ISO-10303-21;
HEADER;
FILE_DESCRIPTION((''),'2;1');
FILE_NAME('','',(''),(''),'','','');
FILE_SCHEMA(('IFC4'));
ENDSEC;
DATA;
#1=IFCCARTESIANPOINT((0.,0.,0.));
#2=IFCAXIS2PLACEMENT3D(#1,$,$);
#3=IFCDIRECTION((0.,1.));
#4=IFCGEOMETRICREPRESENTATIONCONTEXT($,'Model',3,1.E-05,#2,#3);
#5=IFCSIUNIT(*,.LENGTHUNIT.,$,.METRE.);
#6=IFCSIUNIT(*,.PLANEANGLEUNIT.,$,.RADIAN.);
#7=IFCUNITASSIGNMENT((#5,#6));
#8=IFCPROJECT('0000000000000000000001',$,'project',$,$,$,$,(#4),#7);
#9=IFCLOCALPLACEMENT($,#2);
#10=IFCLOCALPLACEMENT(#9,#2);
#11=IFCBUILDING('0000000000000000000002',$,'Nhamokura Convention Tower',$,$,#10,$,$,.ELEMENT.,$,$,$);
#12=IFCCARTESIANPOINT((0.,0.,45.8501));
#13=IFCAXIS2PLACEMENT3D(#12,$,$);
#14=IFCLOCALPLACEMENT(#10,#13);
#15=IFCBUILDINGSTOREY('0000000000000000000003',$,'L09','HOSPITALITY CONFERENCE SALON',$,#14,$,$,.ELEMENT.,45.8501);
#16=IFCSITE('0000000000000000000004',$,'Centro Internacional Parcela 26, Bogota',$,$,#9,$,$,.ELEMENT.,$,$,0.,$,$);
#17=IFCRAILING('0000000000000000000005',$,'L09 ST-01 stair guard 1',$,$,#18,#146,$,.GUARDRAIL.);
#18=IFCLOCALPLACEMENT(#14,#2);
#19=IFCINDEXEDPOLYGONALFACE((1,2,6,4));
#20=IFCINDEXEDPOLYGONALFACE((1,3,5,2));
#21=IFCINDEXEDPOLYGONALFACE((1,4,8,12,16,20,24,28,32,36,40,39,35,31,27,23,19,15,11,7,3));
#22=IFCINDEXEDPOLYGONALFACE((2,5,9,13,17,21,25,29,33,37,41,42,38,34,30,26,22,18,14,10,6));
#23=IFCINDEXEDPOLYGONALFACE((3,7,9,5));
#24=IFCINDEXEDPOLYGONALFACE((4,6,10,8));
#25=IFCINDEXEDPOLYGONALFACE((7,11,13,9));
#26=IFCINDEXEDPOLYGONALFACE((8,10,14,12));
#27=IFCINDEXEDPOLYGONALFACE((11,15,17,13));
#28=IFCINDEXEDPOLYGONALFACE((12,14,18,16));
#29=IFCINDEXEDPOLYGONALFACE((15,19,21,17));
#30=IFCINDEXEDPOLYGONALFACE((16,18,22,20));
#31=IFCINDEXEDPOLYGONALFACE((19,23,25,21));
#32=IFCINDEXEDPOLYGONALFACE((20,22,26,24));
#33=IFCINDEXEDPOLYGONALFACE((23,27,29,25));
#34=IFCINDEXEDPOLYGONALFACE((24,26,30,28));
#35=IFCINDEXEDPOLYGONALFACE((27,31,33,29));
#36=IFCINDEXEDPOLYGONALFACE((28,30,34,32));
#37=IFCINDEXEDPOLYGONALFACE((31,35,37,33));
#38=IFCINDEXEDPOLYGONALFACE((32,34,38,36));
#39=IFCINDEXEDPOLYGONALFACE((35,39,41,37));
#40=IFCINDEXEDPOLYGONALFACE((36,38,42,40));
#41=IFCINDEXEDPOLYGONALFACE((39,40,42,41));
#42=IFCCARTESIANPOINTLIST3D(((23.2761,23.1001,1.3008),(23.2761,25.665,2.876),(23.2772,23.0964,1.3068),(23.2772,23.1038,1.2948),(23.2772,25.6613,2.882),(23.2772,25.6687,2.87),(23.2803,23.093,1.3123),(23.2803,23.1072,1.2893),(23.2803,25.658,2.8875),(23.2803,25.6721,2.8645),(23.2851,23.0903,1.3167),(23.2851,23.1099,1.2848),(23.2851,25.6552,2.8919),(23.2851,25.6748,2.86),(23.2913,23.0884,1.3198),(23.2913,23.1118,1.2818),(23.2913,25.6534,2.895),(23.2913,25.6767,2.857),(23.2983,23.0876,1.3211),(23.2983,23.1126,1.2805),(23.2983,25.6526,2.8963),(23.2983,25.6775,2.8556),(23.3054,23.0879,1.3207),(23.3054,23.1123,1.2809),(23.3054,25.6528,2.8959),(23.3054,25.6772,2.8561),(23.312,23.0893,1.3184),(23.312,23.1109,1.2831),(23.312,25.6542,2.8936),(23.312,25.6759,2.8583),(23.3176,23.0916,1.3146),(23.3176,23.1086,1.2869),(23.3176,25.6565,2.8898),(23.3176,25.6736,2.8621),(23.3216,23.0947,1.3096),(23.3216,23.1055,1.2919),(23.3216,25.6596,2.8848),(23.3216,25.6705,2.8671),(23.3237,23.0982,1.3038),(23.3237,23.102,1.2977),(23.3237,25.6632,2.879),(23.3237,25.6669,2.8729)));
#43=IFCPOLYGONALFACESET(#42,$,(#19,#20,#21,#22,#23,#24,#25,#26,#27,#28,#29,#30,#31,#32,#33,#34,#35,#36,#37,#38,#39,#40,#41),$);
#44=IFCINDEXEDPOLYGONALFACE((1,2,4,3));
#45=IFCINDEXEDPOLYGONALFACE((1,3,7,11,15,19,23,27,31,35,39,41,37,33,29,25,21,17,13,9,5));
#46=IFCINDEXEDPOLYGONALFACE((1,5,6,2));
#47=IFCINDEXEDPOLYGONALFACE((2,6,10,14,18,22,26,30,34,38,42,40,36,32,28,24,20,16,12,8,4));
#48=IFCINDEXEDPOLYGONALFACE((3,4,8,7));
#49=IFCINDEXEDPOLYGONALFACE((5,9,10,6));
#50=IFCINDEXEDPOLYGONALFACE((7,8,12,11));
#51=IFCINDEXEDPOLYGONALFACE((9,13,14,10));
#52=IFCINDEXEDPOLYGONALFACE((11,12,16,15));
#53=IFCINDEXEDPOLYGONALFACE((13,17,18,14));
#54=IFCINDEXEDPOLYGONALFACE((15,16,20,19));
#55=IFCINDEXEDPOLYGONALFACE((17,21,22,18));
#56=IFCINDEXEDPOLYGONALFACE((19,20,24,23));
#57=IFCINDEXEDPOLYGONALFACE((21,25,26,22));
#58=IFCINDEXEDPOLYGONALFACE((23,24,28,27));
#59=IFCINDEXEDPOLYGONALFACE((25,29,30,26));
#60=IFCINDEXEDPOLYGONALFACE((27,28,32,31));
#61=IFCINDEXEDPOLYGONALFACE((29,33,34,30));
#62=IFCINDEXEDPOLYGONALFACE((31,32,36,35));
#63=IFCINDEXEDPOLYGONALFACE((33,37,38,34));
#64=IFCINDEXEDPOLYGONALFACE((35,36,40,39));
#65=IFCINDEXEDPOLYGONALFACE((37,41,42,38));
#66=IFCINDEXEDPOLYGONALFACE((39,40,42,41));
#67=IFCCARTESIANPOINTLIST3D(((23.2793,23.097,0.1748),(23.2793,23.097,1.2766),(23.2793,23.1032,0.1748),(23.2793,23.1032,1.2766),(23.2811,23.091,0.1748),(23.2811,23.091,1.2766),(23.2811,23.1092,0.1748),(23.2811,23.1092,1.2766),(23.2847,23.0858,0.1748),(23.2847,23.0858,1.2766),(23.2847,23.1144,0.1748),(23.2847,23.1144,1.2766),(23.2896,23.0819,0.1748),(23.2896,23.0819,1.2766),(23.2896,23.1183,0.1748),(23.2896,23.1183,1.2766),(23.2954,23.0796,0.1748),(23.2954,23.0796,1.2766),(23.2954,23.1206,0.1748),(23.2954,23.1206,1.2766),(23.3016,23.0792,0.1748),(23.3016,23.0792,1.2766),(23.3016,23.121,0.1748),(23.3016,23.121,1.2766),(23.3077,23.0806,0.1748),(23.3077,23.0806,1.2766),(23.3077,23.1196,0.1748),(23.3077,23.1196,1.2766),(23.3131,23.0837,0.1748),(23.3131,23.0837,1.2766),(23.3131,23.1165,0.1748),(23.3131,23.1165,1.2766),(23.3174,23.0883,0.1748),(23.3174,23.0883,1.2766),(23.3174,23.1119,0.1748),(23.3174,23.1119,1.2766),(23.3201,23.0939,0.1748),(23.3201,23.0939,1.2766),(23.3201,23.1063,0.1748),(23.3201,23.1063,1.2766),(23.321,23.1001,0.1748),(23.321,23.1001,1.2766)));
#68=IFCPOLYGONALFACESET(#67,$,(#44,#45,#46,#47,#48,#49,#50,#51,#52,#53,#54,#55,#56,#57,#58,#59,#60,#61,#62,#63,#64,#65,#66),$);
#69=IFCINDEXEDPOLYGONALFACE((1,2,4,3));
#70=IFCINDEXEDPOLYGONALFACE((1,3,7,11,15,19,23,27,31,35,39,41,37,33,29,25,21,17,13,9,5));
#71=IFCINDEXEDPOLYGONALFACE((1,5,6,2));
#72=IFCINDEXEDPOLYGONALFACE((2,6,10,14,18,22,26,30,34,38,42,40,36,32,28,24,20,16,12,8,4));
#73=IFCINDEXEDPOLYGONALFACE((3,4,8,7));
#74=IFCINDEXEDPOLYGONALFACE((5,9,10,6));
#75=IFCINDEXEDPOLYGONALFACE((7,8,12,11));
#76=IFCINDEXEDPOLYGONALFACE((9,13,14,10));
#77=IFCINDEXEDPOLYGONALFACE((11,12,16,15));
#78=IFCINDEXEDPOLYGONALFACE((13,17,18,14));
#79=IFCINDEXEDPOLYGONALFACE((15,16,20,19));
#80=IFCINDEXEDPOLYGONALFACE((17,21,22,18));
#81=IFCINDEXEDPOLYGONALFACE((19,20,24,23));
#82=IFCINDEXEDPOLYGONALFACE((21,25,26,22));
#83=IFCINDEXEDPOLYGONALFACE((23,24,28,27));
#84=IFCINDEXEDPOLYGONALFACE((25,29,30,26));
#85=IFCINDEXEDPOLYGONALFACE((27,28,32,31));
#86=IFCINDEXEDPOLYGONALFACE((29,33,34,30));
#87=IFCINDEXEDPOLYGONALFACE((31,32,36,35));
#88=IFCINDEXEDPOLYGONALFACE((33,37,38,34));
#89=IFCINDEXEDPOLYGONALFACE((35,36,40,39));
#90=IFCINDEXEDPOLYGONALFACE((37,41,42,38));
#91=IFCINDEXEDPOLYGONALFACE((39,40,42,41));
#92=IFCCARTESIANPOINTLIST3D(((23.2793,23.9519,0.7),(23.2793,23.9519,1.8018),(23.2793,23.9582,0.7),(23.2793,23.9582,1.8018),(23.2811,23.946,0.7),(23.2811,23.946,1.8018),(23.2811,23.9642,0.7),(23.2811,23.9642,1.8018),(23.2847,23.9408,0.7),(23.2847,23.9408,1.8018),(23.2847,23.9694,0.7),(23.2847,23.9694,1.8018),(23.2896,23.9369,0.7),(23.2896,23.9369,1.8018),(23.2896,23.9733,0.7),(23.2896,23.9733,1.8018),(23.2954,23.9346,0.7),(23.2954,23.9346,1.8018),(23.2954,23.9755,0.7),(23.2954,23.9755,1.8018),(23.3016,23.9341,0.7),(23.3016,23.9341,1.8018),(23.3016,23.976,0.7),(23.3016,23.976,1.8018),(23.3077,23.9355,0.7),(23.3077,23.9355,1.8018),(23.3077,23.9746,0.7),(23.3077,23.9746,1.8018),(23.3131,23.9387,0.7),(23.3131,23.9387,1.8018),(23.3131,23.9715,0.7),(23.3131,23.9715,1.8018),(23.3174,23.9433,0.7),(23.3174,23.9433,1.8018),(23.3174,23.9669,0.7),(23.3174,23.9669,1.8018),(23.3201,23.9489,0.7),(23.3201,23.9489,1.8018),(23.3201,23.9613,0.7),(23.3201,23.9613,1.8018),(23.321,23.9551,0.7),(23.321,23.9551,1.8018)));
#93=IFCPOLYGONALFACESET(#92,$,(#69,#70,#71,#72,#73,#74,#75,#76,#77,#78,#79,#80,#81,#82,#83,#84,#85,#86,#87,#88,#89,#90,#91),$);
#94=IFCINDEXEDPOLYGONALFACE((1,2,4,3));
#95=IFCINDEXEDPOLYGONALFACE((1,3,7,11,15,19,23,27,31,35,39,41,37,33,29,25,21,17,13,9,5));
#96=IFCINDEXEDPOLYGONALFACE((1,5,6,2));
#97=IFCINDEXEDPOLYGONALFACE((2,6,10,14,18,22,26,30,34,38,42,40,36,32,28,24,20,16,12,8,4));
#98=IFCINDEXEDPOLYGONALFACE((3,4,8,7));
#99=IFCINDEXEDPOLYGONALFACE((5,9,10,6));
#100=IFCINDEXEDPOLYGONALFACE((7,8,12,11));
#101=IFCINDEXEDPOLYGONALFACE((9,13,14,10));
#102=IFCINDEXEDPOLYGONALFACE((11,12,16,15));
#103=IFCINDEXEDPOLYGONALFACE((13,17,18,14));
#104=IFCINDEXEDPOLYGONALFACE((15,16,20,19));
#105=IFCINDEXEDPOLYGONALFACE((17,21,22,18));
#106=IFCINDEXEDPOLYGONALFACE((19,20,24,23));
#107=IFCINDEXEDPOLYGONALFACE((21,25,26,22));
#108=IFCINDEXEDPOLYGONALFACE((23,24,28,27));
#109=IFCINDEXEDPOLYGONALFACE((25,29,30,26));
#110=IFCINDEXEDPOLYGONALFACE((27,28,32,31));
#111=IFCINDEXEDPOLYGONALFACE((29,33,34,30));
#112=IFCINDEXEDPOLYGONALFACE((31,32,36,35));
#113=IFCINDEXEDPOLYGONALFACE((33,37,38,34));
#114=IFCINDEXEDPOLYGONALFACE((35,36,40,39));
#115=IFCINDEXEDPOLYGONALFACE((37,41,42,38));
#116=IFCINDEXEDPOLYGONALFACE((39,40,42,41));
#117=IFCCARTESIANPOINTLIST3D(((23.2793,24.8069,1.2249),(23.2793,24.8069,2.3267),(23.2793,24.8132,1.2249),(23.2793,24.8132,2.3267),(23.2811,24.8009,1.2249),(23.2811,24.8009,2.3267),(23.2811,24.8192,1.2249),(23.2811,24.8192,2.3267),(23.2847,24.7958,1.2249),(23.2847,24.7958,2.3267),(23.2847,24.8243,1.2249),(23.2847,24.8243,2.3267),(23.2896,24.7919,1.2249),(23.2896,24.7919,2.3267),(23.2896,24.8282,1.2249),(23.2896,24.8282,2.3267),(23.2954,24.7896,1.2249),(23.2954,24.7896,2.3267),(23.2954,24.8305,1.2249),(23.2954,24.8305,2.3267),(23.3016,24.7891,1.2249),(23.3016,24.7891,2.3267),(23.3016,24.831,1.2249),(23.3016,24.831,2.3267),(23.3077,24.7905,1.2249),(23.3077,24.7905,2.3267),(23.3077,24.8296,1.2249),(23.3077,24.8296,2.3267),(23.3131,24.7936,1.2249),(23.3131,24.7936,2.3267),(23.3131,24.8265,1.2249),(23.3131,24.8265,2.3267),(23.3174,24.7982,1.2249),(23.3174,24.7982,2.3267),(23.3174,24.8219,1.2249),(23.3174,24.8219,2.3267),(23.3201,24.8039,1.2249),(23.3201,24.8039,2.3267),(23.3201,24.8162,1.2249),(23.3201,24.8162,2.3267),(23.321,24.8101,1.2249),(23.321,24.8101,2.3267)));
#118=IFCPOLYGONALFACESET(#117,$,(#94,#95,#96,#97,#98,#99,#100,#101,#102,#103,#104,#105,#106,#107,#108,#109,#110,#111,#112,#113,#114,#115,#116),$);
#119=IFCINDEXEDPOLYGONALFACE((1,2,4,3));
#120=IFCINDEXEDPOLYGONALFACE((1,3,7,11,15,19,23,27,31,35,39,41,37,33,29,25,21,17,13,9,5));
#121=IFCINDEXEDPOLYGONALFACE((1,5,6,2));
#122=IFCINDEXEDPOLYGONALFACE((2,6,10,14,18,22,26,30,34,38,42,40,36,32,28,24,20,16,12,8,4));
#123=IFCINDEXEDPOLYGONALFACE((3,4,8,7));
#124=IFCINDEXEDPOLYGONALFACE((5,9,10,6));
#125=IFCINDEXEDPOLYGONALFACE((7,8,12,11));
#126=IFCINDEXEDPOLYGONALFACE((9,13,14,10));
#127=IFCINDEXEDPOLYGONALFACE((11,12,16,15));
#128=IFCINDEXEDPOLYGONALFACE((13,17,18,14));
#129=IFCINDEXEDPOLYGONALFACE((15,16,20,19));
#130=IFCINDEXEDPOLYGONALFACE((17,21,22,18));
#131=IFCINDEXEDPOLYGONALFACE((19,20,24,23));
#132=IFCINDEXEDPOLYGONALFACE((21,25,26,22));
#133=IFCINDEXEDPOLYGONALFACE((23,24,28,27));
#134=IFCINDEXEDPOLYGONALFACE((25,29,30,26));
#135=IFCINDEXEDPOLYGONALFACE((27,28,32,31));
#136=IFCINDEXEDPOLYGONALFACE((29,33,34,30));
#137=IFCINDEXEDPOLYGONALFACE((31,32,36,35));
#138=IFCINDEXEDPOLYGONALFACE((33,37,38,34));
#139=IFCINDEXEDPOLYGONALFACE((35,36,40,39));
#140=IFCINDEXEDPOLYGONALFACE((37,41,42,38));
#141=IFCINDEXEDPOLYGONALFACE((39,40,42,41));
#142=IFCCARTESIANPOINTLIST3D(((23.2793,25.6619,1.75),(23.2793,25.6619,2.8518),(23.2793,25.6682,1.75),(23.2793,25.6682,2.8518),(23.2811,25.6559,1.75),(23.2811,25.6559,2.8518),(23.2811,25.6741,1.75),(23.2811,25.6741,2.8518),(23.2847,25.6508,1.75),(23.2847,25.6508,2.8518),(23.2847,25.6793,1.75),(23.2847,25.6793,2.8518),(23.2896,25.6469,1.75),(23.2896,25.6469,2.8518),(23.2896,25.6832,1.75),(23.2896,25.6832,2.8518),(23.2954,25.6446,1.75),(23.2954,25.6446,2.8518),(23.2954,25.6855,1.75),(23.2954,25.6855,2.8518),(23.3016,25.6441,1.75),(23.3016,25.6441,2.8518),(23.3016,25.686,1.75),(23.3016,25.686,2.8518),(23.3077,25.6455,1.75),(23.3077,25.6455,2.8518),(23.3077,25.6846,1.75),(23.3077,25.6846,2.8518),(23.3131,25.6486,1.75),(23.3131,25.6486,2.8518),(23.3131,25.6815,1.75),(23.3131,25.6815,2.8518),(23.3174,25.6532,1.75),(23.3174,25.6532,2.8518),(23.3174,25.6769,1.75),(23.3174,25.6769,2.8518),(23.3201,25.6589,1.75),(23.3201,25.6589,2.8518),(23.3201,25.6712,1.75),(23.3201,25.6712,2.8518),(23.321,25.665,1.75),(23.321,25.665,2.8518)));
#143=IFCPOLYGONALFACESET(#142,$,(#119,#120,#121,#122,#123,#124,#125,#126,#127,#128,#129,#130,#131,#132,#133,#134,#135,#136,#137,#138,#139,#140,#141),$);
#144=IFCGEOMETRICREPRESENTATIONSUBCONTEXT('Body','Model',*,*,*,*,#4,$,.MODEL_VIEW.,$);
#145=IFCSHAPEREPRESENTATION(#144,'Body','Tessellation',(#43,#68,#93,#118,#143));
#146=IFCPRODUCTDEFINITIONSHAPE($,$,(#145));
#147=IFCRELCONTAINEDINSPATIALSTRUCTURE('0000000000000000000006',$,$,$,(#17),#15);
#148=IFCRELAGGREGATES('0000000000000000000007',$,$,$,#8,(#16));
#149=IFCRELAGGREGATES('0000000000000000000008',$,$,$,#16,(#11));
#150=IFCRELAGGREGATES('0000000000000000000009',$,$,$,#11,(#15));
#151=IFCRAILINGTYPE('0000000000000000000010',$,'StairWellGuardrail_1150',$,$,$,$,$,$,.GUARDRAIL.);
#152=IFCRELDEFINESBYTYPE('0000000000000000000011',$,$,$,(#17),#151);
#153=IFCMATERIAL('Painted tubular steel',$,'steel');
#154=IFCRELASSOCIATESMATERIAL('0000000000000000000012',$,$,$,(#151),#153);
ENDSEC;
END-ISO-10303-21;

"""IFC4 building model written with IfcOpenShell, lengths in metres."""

from ifc_helpers import new_model, si_unit, direction, frame, origin, origin_2d, place, context, subcontext, project, spatial, circle, extrude, material, type_object, element, save


model = new_model("IFC4")

# Units and contexts
model_context = context("Model", 3, precision=1e-05, world=origin(), true_north=direction((0.0, 1.0)))
body_context = subcontext(model_context, "Body", "Model", "MODEL_VIEW")
ifc_project = project(units=[si_unit("LENGTHUNIT", "METRE"), si_unit("PLANEANGLEUNIT", "RADIAN")], contexts=[model_context])

# Site, building, storey
site_placement = place(None, origin())
site = spatial("IfcSite", under=ifc_project, at=site_placement, Name="Centro Internacional Parcela 26, Bogota", CompositionType="ELEMENT", RefElevation=0.0)
building_placement = place(site_placement, origin())
building = spatial("IfcBuilding", under=site, at=building_placement, Name="Nhamokura Convention Tower", CompositionType="ELEMENT")
storey_placement = place(building_placement, frame((0.0, 0.0, 45.8501)))
storey = spatial("IfcBuildingStorey", under=building, at=storey_placement, Name="L09", Description="HOSPITALITY CONFERENCE SALON", CompositionType="ELEMENT", Elevation=45.8501)

# Railing
ifc_material_1 = material(Name="Painted tubular steel", Category="steel")
railing_type_1 = type_object("IfcRailingType", Name="StairWellGuardrail_1150", PredefinedType="GUARDRAIL", material=ifc_material_1)
railing_1_placement = place(storey_placement, frame((23.3, 23.1001, 0.1748)))
element("IfcRailing", 1, at=railing_1_placement, inside=storey, type_object=railing_type_1, Name="L09 ST-01 stair guard 1", PredefinedType="GUARDRAIL", context=body_context, shape_type="SweptSolid", body=[
    extrude(circle(Radius=0.0239, at=origin_2d()), frame((0.0, 0.0, 1.126), z_axis=(0.0, 0.852137, 0.523319), x_axis=(-1.0, 0.0, 0.0)), (0.0, 0.0, 1.0), 3.01),
    extrude(circle(Radius=0.021, at=origin_2d()), origin(), (0.0, 0.0, 1.0), 1.1018),
    extrude(circle(Radius=0.021, at=origin_2d()), frame((0.0, 0.855, 0.5251)), (0.0, 0.0, 1.0), 1.1018),
    extrude(circle(Radius=0.021, at=origin_2d()), frame((0.0, 1.71, 1.05)), (0.0, 0.0, 1.0), 1.1018),
    extrude(circle(Radius=0.021, at=origin_2d()), frame((0.0, 2.5649, 1.5752)), (0.0, 0.0, 1.0), 1.1018),
])

save(model, "model.ifc")
